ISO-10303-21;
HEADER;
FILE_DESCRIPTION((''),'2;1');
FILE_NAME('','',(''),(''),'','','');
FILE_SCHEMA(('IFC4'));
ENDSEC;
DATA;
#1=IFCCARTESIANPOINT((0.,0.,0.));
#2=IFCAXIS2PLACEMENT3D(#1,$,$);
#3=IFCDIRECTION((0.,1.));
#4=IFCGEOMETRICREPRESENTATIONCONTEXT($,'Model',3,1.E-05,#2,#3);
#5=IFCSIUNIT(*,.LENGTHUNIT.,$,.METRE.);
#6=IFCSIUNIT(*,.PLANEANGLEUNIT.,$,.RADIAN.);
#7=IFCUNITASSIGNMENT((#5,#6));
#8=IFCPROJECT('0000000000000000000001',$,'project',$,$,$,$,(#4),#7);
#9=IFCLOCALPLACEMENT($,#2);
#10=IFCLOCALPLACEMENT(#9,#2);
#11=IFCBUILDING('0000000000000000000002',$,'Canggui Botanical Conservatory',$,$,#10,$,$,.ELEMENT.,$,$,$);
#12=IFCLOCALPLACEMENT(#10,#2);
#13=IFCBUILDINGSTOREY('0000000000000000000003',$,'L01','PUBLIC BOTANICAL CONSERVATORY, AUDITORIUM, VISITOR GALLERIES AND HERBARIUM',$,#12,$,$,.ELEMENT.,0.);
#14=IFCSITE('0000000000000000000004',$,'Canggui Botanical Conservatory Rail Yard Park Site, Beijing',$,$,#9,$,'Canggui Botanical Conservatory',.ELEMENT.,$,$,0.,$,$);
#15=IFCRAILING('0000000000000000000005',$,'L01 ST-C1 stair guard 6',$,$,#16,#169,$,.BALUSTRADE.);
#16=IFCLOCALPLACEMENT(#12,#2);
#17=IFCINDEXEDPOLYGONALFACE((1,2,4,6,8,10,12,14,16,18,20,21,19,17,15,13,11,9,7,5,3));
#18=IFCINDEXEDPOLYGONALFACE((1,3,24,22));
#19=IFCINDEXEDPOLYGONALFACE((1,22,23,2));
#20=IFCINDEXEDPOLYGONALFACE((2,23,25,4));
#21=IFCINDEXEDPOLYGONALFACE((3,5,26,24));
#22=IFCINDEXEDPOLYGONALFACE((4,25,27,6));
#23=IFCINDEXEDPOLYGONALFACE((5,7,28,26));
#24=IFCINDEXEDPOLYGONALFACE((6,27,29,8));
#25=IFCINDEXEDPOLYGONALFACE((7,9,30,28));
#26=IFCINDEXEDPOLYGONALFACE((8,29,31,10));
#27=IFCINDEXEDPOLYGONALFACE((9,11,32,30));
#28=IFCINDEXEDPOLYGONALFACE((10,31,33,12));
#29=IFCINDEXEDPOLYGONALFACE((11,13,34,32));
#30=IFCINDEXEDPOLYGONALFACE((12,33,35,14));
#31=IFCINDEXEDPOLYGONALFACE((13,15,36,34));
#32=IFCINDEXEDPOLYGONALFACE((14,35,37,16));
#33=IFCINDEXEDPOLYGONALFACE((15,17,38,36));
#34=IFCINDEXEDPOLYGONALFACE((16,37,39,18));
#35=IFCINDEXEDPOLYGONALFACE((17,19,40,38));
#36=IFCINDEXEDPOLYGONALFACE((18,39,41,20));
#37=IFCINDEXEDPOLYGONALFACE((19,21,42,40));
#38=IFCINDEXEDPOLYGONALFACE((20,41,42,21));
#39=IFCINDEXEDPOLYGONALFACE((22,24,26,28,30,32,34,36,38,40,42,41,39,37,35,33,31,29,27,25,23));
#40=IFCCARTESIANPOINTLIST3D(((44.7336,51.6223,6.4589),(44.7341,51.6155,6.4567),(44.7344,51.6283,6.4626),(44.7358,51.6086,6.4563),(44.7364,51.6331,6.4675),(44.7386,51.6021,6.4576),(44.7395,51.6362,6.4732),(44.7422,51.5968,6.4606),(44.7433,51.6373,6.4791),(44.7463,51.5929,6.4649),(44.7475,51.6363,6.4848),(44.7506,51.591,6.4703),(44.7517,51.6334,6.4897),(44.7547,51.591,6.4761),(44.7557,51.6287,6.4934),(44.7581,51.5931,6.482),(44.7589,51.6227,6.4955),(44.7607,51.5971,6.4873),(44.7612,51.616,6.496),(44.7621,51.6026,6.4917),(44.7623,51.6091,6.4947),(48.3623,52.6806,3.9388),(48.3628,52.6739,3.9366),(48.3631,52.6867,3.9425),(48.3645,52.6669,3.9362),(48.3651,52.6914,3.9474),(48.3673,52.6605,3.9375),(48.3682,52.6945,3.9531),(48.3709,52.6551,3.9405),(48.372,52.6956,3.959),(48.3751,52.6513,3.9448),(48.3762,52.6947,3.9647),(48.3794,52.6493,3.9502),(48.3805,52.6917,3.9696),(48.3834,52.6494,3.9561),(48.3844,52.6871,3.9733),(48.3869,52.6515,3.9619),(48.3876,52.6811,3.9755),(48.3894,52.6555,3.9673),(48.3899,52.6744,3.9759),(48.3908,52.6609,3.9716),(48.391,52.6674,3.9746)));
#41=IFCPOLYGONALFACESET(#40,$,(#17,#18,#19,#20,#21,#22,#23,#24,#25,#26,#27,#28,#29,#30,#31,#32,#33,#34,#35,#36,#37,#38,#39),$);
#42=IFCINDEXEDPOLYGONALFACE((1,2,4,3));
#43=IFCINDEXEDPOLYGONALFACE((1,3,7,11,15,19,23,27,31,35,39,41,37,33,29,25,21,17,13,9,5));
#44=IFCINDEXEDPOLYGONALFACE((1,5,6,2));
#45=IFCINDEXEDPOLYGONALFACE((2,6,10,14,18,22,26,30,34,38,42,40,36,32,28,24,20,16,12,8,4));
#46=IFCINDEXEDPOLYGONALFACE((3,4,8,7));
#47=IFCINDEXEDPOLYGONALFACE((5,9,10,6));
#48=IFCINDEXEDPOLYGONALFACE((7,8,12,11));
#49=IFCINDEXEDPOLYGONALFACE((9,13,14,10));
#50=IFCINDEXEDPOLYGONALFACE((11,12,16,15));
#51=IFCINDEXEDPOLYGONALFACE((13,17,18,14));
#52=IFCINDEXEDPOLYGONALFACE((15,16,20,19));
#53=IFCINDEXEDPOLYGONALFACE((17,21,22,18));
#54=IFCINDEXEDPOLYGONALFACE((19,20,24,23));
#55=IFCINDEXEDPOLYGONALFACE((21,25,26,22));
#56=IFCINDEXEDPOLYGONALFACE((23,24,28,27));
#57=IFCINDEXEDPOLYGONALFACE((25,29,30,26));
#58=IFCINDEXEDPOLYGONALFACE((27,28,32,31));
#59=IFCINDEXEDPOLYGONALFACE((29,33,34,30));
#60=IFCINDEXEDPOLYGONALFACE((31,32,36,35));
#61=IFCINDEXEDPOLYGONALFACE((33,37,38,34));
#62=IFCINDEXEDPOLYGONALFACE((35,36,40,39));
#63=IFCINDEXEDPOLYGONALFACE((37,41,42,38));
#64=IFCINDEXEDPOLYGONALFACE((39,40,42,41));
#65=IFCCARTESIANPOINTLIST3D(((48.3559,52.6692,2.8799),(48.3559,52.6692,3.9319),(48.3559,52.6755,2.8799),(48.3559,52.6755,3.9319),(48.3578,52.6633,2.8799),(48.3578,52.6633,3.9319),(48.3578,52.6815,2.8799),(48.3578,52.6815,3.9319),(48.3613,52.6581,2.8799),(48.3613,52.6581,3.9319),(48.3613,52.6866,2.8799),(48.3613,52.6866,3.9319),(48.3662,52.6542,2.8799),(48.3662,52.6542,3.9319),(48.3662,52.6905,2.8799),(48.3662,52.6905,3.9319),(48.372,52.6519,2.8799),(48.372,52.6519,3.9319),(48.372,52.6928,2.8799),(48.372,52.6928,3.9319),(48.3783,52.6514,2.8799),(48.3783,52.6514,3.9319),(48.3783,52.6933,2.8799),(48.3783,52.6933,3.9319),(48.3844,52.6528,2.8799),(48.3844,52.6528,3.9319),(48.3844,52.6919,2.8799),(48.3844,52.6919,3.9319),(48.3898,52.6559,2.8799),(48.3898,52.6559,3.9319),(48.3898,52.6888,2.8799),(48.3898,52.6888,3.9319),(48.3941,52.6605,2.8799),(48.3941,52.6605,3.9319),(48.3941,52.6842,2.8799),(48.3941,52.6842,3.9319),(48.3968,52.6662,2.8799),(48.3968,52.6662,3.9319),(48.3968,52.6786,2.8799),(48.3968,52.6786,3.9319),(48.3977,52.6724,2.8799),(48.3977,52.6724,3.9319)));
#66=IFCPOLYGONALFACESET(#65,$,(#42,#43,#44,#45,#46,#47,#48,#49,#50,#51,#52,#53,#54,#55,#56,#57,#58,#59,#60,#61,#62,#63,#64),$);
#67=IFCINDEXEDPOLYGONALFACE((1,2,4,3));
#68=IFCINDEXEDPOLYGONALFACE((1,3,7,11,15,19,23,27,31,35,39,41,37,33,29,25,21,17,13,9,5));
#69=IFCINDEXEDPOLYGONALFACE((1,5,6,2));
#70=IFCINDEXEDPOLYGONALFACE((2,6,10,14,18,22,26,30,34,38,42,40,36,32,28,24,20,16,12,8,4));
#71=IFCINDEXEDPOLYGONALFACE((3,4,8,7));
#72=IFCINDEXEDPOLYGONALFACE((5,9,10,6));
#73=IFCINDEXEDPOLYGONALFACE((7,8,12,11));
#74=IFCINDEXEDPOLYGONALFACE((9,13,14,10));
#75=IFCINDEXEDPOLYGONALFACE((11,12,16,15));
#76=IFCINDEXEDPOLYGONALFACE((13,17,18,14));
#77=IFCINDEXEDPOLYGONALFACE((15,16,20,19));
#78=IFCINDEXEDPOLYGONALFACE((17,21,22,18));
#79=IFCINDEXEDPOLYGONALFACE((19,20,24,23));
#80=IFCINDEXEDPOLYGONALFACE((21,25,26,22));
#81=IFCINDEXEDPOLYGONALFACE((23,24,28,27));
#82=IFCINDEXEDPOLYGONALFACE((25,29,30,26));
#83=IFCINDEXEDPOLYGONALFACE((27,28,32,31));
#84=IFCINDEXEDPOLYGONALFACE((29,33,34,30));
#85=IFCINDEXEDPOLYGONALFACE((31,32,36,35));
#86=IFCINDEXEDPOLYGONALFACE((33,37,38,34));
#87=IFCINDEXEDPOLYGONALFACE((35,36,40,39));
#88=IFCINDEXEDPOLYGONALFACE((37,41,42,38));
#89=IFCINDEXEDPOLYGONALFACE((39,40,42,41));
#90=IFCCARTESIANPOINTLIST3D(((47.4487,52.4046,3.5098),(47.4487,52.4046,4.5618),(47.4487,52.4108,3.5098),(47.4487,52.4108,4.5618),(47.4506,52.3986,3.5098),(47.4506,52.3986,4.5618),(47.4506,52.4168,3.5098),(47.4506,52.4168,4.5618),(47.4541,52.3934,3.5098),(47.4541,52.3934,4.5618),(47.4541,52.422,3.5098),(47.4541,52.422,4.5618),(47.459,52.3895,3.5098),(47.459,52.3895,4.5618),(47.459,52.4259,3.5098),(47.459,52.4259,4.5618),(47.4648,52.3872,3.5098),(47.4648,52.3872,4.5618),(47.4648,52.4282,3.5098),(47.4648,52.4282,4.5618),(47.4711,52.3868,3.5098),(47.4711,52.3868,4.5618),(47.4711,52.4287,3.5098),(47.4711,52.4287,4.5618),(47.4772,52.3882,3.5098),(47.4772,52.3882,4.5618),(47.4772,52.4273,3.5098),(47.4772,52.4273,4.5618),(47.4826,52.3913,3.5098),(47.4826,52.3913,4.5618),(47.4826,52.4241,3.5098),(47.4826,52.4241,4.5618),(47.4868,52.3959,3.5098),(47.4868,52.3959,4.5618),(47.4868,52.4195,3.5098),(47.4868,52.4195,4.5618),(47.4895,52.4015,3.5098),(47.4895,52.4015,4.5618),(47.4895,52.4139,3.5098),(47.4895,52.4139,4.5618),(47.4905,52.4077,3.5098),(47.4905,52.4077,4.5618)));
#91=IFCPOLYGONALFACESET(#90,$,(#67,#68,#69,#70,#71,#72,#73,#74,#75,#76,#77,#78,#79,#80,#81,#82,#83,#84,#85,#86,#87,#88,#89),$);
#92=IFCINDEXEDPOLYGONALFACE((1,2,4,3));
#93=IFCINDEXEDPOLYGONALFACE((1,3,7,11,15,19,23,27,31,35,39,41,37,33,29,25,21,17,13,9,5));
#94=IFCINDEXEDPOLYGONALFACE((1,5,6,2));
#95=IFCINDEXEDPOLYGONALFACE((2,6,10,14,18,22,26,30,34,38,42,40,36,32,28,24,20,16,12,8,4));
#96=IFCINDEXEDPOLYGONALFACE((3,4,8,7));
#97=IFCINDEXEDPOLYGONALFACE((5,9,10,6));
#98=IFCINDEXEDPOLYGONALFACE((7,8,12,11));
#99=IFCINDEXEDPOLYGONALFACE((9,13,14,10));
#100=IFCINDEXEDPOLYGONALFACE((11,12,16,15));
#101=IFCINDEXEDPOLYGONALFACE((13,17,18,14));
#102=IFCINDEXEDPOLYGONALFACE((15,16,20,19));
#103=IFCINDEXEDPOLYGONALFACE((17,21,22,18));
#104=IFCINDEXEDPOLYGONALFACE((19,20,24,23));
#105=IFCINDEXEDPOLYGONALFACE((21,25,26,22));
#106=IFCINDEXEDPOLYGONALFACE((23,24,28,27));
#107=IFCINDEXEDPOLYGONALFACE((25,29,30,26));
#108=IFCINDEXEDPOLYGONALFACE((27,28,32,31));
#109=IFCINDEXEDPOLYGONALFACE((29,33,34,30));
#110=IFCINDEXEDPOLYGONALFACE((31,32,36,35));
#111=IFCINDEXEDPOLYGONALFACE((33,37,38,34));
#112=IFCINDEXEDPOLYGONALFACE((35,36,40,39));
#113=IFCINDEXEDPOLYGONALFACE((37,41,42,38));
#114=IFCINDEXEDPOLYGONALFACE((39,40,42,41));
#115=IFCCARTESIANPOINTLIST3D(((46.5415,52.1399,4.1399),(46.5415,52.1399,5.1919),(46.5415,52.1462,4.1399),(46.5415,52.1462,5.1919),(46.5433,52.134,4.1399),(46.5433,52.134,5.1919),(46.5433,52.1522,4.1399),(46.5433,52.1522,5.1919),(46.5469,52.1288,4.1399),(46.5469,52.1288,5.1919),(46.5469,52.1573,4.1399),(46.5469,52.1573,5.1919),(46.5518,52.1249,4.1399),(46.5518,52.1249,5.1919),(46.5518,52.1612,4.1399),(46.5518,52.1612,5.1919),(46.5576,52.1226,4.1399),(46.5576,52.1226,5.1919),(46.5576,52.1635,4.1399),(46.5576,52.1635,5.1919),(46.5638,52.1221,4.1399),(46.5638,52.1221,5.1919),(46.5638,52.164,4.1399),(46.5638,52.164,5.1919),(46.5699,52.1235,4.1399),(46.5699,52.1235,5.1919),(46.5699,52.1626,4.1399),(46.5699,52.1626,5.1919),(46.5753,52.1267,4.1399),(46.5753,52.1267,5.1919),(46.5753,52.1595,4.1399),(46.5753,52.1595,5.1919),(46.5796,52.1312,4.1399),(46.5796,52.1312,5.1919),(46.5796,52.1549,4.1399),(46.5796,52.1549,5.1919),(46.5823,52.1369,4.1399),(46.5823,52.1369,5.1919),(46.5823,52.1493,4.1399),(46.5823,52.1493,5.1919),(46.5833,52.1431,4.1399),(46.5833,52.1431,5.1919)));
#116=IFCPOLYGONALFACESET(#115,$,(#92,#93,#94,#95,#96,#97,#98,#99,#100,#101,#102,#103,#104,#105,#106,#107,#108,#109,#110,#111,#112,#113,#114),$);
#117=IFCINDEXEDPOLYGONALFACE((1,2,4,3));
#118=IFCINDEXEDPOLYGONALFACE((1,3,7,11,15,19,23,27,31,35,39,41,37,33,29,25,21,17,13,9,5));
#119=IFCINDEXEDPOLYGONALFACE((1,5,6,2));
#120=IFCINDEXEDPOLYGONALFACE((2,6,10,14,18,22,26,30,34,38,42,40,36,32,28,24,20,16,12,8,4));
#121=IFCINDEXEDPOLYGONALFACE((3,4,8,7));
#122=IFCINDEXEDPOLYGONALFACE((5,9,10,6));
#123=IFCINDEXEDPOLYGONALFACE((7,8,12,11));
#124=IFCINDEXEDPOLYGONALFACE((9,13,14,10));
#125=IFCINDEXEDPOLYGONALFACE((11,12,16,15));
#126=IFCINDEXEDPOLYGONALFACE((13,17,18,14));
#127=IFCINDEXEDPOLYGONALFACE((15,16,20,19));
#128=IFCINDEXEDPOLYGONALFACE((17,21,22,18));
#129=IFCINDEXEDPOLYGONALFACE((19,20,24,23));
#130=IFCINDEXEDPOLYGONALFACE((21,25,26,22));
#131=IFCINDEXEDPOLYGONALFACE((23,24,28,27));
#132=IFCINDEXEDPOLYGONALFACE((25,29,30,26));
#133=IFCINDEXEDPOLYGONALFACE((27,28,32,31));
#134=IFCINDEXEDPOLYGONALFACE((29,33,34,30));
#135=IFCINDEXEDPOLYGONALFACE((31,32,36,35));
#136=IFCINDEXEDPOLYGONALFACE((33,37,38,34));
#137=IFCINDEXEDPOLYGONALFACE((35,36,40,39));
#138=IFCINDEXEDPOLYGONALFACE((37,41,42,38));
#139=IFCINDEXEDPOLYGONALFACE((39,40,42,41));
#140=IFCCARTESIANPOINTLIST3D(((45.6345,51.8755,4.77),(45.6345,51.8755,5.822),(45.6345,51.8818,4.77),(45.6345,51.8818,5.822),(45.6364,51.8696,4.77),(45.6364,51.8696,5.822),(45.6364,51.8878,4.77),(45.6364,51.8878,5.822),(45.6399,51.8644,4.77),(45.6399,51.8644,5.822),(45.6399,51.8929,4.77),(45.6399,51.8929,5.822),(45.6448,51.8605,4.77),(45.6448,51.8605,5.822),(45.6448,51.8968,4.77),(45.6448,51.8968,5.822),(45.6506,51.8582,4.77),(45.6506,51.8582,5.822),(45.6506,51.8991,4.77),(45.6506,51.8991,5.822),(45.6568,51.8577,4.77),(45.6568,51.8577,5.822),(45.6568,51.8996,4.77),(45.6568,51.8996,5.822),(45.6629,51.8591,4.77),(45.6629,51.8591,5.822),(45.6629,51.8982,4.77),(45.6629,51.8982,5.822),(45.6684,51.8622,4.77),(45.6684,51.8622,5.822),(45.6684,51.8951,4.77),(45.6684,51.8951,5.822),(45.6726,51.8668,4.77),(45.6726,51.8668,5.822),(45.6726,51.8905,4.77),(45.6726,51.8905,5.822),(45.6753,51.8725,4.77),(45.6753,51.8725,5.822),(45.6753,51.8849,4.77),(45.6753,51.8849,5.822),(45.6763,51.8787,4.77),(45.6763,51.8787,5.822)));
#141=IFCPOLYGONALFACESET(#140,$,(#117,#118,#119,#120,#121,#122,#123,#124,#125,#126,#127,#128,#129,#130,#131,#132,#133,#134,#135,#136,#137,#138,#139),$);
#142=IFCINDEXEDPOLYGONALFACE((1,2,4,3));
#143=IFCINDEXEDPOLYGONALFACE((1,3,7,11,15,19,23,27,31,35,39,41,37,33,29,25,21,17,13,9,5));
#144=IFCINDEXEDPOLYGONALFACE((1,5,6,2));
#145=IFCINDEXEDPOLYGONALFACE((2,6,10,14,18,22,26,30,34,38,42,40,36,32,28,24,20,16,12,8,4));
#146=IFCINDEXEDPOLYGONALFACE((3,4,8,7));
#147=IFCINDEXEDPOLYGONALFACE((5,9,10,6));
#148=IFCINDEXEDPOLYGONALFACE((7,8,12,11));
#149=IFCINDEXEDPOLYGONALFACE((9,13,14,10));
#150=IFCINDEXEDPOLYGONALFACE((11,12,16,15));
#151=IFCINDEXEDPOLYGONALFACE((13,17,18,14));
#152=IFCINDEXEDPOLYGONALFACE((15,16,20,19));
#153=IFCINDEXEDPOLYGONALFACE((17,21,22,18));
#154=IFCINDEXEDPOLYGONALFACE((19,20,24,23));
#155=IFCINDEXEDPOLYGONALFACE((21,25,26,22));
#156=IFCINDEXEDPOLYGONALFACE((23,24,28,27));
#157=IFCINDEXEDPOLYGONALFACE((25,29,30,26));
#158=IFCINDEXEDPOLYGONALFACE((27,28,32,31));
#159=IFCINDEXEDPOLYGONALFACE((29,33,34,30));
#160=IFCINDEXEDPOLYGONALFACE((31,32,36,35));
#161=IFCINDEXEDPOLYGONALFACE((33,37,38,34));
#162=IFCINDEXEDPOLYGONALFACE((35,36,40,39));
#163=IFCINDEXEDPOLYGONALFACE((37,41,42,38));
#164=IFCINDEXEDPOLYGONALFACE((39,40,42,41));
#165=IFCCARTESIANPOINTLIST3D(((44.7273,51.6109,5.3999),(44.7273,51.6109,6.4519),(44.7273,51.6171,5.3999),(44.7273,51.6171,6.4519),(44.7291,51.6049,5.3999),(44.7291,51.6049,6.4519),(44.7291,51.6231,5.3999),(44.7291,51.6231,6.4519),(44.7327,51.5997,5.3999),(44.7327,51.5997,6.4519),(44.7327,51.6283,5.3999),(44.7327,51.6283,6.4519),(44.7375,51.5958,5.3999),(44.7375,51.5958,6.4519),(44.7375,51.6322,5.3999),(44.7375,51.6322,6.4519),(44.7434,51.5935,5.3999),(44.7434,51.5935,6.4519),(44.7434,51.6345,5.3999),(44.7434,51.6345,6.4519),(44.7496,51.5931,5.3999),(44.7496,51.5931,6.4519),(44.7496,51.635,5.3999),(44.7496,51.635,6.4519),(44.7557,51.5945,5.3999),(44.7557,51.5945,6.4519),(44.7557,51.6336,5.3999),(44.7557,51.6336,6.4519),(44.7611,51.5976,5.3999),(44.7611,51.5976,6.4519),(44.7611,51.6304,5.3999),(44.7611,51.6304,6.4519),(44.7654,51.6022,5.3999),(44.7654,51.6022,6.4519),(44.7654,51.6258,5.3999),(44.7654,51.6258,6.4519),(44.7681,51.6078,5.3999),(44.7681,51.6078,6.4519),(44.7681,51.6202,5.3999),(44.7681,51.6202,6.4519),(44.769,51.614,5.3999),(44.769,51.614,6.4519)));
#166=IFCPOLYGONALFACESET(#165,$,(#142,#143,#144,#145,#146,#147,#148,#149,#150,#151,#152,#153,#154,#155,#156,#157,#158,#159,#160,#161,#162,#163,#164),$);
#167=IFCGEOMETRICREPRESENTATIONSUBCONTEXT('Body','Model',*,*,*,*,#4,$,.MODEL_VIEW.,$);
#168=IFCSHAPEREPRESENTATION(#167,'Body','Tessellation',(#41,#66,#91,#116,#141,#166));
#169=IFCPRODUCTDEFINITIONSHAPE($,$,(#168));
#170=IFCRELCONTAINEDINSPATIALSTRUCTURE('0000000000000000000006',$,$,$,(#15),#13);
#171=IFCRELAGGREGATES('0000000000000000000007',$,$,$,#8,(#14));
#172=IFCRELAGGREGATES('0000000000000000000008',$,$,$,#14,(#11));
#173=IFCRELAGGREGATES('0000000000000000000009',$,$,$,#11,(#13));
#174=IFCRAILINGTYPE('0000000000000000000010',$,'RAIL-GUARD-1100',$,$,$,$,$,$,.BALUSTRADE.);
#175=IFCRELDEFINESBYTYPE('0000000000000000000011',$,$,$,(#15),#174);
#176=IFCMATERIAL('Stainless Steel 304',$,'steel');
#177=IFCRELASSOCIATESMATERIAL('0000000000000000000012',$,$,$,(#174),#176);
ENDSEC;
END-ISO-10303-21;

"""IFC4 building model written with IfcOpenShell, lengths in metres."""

from ifc_helpers import new_model, si_unit, direction, frame, origin, origin_2d, place, context, subcontext, project, spatial, circle, extrude, material, type_object, element, save


model = new_model("IFC4")

# Units and contexts
model_context = context("Model", 3, precision=1e-05, world=origin(), true_north=direction((0.0, 1.0)))
body_context = subcontext(model_context, "Body", "Model", "MODEL_VIEW")
ifc_project = project(units=[si_unit("LENGTHUNIT", "METRE"), si_unit("PLANEANGLEUNIT", "RADIAN")], contexts=[model_context])

# Site, building, storey
site_placement = place(None, origin())
site = spatial("IfcSite", under=ifc_project, at=site_placement, Name="Canggui Botanical Conservatory Rail Yard Park Site, Beijing", LongName="Canggui Botanical Conservatory", CompositionType="ELEMENT", RefElevation=0.0)
building_placement = place(site_placement, origin())
building = spatial("IfcBuilding", under=site, at=building_placement, Name="Canggui Botanical Conservatory", CompositionType="ELEMENT")
storey_placement = place(building_placement, origin())
storey = spatial("IfcBuildingStorey", under=building, at=storey_placement, Name="L01", Description="PUBLIC BOTANICAL CONSERVATORY, AUDITORIUM, VISITOR GALLERIES AND HERBARIUM", CompositionType="ELEMENT", Elevation=0.0)

# Railing
ifc_material_1 = material(Name="Stainless Steel 304", Category="steel")
railing_type_1 = type_object("IfcRailingType", Name="RAIL-GUARD-1100", PredefinedType="BALUSTRADE", material=ifc_material_1)
railing_1_placement = place(storey_placement, frame((48.3767, 52.6724, 2.8799)))
element("IfcRailing", 1, at=railing_1_placement, inside=storey, type_object=railing_type_1, Name="L01 ST-C1 stair guard 6", PredefinedType="BALUSTRADE", context=body_context, shape_type="SweptSolid", body=[
    extrude(circle(Radius=0.0239, at=origin_2d()), frame((0.0, 0.0, 1.0762), z_axis=(-0.798757, -0.232969, 0.554718), x_axis=(0.279998, -0.960001, 0.0)), (0.0, 0.0, 1.0), 4.543),
    extrude(circle(Radius=0.021, at=origin_2d()), origin(), (0.0, 0.0, 1.0), 1.052),
    extrude(circle(Radius=0.021, at=origin_2d()), frame((-0.9072, -0.2646, 0.6299)), (0.0, 0.0, 1.0), 1.052),
    extrude(circle(Radius=0.021, at=origin_2d()), frame((-1.8145, -0.5293, 1.26)), (0.0, 0.0, 1.0), 1.052),
    extrude(circle(Radius=0.021, at=origin_2d()), frame((-2.7214, -0.7937, 1.8901)), (0.0, 0.0, 1.0), 1.052),
    extrude(circle(Radius=0.021, at=origin_2d()), frame((-3.6287, -1.0583, 2.52)), (0.0, 0.0, 1.0), 1.052),
])

save(model, "model.ifc")
